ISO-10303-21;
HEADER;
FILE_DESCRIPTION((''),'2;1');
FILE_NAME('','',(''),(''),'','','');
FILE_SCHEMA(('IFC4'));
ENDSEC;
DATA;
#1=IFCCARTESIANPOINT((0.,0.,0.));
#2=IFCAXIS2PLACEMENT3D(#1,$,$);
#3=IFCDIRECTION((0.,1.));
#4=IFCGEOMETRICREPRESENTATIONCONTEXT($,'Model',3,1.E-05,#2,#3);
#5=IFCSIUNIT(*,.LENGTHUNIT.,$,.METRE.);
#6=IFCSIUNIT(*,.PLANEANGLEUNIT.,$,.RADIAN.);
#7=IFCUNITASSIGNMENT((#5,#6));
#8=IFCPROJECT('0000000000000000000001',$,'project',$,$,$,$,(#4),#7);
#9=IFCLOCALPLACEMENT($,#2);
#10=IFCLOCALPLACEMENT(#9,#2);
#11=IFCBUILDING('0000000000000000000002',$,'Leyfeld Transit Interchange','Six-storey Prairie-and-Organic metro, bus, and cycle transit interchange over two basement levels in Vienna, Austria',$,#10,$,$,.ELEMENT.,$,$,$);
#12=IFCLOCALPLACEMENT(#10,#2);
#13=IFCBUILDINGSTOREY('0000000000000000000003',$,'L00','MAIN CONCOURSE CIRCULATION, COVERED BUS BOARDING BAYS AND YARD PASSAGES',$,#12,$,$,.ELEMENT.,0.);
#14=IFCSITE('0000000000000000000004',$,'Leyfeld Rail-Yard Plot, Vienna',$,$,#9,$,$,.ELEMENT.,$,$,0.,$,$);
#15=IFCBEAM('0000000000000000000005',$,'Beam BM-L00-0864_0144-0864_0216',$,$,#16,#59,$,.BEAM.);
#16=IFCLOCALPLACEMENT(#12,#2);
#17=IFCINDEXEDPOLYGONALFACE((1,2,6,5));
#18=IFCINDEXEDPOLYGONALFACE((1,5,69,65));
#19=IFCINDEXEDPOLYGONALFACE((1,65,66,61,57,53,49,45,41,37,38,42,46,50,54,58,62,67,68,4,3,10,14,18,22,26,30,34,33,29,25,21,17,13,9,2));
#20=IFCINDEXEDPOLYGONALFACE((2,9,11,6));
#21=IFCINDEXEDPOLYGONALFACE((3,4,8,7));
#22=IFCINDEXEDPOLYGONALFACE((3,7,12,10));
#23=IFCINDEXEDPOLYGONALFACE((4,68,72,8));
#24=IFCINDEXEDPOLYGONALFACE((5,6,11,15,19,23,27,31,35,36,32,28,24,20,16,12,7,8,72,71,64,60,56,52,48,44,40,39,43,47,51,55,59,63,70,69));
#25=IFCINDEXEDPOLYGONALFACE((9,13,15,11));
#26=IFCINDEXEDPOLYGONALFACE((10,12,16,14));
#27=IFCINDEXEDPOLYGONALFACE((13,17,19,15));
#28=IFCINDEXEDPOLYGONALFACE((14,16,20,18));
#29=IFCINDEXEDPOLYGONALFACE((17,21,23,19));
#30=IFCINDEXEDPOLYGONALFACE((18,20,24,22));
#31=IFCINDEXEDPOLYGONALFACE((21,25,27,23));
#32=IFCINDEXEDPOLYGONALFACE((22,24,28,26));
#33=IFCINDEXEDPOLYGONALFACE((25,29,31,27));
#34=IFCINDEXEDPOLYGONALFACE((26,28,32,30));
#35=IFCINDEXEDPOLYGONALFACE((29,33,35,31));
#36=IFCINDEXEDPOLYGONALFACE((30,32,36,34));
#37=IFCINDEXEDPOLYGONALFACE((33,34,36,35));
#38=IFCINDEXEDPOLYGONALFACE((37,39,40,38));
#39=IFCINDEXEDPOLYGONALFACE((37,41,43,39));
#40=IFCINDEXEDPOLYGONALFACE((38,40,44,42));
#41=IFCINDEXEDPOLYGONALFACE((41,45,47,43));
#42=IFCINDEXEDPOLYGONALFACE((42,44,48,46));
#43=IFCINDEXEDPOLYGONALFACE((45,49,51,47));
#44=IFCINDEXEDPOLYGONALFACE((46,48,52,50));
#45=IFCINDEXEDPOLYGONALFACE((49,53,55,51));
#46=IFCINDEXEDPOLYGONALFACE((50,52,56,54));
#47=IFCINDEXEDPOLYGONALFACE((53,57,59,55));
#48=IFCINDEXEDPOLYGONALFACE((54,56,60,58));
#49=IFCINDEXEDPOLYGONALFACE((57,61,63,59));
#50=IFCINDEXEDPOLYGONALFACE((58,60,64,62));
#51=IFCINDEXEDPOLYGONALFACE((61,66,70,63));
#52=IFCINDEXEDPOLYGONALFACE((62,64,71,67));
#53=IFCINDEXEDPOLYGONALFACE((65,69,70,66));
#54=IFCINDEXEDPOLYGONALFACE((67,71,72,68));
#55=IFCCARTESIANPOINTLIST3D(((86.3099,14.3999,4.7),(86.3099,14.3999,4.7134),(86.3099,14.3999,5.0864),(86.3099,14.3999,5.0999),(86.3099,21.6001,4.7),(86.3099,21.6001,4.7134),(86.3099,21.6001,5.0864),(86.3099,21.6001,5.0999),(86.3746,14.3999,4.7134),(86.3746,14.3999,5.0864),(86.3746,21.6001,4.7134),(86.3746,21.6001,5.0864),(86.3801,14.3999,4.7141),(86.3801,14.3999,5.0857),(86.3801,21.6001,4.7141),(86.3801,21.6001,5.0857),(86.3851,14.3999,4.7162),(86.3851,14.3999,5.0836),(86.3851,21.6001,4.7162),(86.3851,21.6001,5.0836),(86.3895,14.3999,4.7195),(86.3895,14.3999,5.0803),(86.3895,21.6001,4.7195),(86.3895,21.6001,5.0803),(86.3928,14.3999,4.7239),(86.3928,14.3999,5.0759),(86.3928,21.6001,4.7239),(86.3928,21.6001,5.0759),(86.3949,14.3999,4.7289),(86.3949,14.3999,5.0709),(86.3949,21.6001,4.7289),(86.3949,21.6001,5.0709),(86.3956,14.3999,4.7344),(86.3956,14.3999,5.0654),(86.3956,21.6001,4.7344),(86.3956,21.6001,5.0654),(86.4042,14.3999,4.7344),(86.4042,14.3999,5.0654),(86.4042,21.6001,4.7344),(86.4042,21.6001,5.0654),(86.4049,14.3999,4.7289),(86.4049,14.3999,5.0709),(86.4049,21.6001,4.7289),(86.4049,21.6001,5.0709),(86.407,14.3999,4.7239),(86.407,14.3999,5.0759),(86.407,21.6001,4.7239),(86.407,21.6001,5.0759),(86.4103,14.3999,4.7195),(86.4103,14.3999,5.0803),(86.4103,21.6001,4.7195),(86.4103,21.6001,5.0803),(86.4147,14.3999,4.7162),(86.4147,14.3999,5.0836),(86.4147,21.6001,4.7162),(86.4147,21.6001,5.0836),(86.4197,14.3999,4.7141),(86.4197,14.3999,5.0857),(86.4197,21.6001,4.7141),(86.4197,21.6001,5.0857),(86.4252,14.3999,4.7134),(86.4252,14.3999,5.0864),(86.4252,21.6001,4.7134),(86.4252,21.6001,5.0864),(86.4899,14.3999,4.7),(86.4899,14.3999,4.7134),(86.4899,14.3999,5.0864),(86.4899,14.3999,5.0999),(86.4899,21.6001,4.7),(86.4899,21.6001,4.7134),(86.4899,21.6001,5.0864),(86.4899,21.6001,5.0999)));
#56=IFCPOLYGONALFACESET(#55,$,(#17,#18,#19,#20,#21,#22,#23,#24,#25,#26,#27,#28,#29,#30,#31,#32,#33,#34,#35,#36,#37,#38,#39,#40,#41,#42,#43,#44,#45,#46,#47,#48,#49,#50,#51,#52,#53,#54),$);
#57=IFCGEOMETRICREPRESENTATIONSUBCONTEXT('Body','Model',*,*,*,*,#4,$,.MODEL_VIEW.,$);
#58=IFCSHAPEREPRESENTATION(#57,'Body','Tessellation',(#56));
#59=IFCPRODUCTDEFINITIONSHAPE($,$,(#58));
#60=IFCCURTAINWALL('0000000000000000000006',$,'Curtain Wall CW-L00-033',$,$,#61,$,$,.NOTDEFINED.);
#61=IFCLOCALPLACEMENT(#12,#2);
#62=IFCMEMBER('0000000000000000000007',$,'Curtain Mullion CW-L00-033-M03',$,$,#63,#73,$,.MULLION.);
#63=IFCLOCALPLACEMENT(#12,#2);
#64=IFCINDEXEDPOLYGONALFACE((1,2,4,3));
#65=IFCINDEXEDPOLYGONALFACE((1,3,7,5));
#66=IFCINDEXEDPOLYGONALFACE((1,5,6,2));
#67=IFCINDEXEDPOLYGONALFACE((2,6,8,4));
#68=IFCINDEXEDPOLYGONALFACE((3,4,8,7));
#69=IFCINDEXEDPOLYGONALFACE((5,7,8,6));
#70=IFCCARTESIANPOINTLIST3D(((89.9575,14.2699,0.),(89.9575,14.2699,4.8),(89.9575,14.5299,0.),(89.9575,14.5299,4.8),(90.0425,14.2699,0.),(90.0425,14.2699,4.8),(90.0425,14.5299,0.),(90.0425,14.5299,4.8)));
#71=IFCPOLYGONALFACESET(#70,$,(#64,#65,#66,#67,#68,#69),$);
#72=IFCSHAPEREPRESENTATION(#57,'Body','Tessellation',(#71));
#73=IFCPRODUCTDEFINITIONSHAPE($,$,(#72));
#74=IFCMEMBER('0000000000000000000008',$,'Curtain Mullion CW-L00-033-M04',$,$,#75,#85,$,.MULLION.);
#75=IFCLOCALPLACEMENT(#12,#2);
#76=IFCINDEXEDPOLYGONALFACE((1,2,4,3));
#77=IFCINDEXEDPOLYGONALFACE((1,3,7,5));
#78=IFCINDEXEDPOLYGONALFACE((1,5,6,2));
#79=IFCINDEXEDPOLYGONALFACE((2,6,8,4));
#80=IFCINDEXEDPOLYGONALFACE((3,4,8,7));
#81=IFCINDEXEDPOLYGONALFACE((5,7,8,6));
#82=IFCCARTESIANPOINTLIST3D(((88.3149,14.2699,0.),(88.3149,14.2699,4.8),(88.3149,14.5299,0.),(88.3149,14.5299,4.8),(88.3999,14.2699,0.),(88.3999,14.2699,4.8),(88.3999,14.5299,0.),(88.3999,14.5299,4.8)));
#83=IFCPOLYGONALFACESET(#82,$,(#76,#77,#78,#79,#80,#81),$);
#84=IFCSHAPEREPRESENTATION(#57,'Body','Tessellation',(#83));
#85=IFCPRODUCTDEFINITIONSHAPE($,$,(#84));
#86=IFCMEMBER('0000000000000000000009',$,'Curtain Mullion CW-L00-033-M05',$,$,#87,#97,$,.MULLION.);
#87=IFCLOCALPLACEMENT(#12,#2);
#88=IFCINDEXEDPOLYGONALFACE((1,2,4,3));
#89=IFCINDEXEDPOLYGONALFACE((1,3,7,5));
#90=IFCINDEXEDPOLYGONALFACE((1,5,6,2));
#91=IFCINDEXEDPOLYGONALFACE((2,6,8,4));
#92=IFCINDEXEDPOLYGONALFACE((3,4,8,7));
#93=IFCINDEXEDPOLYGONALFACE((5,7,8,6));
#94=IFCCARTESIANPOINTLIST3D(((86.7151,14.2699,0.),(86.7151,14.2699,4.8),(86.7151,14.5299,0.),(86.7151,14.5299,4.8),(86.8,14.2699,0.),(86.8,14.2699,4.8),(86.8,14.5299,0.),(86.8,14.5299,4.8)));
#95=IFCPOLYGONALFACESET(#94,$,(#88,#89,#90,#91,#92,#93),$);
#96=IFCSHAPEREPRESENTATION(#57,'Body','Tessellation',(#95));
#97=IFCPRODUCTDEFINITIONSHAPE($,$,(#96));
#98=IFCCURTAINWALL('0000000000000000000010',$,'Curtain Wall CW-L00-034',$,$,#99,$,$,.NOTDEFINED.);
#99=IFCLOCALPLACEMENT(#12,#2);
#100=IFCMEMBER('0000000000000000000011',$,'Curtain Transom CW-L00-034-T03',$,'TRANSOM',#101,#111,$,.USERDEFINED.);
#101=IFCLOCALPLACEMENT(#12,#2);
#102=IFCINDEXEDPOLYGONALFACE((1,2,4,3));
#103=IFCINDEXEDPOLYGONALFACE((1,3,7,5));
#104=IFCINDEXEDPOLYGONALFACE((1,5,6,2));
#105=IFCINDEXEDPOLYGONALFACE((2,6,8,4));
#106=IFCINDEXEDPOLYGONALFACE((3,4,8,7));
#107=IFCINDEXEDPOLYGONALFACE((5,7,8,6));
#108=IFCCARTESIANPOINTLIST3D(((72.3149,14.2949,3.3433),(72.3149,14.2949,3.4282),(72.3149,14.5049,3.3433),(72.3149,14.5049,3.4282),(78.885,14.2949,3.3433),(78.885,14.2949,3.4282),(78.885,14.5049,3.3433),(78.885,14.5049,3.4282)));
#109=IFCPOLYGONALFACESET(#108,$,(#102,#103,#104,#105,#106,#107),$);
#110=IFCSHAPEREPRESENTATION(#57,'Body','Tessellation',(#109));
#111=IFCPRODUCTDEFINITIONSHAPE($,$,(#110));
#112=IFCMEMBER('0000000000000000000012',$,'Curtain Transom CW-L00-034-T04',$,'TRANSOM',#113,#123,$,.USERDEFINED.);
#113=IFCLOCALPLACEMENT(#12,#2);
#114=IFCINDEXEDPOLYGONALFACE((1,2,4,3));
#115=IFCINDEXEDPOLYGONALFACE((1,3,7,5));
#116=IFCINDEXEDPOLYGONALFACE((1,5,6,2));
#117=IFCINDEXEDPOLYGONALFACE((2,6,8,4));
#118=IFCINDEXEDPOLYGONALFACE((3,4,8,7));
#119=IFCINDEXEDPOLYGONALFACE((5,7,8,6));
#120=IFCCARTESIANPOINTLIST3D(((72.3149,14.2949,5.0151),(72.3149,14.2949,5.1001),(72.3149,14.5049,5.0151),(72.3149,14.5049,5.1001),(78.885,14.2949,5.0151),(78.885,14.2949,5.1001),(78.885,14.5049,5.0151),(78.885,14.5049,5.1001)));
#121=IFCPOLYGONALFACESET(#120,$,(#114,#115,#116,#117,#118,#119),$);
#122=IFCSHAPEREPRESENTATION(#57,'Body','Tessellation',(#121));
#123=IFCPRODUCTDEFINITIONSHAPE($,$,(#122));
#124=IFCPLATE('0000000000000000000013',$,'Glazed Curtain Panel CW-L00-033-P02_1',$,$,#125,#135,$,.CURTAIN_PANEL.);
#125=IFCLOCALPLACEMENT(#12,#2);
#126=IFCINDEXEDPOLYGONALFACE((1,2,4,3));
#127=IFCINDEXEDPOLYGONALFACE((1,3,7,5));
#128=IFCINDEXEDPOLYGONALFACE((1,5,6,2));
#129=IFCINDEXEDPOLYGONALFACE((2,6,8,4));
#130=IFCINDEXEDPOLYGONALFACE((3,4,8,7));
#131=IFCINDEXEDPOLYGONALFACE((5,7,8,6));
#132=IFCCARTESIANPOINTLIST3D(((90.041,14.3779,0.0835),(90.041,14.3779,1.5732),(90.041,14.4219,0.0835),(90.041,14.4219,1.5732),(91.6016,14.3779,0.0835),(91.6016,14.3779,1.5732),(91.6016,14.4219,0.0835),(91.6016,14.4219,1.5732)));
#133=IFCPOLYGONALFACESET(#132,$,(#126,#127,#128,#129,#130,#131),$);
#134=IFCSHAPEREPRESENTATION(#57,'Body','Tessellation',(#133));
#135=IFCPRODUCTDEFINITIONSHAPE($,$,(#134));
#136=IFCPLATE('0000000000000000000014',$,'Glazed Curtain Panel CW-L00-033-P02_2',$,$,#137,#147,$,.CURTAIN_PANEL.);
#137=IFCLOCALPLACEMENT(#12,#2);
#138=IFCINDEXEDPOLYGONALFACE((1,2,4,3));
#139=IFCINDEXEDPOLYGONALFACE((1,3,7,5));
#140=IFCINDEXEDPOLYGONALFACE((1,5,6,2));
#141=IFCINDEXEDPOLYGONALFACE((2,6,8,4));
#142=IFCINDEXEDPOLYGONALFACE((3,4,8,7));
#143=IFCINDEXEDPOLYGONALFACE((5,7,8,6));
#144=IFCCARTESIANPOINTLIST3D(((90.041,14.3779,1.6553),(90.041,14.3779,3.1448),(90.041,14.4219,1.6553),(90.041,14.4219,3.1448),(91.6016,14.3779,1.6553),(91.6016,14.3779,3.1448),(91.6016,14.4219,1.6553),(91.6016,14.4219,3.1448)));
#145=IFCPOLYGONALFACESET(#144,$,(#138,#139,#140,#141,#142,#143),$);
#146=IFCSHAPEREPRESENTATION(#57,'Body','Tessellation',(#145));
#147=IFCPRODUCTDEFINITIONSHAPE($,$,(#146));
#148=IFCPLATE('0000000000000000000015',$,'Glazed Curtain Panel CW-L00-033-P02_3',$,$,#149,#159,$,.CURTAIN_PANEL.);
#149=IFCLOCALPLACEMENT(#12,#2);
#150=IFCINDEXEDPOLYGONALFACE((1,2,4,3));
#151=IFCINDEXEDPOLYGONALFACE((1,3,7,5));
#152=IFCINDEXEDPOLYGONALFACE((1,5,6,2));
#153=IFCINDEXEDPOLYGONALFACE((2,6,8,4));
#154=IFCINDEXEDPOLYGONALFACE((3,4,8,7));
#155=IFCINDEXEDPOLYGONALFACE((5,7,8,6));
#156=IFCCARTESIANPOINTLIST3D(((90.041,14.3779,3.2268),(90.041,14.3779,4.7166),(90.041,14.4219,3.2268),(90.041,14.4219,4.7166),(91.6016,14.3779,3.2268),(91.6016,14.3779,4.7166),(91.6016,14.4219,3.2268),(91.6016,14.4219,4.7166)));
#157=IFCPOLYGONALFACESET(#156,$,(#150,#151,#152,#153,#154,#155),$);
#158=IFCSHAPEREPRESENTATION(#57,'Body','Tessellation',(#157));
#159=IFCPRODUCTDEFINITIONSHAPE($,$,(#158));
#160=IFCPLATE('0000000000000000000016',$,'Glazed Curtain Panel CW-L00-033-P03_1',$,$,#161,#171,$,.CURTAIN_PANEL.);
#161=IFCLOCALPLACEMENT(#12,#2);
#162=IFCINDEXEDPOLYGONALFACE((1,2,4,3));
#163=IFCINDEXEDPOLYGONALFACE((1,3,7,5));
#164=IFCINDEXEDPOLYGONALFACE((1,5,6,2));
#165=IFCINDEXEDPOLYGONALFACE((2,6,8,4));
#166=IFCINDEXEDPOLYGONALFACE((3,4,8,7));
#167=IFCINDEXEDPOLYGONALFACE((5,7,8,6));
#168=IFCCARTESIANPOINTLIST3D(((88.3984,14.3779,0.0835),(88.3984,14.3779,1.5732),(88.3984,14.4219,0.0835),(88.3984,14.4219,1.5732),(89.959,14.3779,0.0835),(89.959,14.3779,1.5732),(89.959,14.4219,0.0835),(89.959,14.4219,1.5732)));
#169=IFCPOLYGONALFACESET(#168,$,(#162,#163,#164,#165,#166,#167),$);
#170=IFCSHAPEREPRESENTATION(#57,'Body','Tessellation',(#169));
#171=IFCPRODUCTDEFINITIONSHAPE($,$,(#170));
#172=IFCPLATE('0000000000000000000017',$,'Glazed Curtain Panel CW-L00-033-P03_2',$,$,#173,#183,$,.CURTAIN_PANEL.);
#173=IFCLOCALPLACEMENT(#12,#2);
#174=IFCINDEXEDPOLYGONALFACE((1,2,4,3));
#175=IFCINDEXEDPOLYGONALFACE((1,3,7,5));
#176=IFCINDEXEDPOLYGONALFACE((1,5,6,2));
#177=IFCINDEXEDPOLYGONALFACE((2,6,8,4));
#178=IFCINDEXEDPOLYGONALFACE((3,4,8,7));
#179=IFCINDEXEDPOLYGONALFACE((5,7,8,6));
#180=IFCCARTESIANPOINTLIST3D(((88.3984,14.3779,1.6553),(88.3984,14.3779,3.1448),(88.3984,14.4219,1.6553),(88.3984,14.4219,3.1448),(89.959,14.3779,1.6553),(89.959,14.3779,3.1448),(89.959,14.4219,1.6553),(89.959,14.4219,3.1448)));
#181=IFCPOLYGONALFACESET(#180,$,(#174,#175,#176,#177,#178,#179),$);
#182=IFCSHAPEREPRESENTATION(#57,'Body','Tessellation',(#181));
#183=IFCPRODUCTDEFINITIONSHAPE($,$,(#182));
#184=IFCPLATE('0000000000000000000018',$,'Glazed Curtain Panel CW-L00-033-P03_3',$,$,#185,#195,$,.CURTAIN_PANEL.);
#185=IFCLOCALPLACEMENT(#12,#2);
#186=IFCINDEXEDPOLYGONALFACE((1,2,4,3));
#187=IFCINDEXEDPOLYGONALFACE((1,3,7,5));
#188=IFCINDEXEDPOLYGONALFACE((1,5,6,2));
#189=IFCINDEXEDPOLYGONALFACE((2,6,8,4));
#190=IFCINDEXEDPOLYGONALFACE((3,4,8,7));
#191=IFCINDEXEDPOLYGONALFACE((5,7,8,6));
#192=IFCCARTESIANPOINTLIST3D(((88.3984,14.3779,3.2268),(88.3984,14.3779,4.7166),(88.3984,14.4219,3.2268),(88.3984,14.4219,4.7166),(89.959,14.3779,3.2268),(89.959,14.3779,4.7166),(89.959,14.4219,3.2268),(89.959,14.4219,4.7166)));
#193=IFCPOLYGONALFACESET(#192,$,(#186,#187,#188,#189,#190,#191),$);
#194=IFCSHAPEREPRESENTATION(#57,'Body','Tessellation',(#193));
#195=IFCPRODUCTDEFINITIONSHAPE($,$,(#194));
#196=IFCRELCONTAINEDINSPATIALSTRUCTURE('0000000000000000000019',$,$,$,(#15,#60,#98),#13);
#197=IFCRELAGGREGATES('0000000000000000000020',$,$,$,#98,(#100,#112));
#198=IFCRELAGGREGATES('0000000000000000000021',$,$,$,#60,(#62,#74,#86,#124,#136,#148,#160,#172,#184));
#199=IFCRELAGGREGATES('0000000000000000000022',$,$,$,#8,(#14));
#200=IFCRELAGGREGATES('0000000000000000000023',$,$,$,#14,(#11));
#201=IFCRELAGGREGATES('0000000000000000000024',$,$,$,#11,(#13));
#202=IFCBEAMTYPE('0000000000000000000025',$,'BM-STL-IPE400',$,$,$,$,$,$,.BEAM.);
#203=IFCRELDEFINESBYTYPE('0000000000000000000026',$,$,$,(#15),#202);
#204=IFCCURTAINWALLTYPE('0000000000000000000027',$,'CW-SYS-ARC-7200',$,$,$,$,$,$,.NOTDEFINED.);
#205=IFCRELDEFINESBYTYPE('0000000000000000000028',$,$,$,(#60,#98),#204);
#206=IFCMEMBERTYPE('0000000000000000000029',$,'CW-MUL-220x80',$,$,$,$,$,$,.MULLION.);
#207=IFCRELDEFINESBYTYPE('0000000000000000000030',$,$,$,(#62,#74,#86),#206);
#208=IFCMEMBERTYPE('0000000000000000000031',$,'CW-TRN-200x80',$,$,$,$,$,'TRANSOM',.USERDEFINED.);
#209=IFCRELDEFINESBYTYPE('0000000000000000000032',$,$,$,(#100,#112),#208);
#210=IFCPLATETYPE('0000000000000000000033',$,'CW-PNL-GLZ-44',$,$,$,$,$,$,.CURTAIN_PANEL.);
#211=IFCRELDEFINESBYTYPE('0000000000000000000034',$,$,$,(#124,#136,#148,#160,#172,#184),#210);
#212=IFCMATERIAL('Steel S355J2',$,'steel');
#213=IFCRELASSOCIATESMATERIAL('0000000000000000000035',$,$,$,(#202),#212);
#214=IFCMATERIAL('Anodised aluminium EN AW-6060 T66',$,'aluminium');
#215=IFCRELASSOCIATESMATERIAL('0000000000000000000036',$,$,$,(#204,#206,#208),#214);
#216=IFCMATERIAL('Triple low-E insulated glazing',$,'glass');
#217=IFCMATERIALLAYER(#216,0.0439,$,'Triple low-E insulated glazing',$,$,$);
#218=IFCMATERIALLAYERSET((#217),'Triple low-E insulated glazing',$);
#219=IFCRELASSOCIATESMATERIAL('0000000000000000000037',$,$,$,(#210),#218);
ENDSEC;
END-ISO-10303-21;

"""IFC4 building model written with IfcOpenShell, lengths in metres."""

from ifc_helpers import new_model, si_unit, direction, frame, origin, origin_2d, place, context, subcontext, project, spatial, rectangle, i_section, extrude, material, layer, layer_set, material_profile, profile_set, type_object, element, aggregate, save


model = new_model("IFC4")

# Units and contexts
model_context = context("Model", 3, precision=1e-05, world=origin(), true_north=direction((0.0, 1.0)))
body_context = subcontext(model_context, "Body", "Model", "MODEL_VIEW")
ifc_project = project(units=[si_unit("LENGTHUNIT", "METRE"), si_unit("PLANEANGLEUNIT", "RADIAN")], contexts=[model_context])

# Site, building, storey
site_placement = place(None, origin())
site = spatial("IfcSite", under=ifc_project, at=site_placement, Name="Leyfeld Rail-Yard Plot, Vienna", CompositionType="ELEMENT", RefElevation=0.0)
building_placement = place(site_placement, origin())
building = spatial("IfcBuilding", under=site, at=building_placement, Name="Leyfeld Transit Interchange", Description="Six-storey Prairie-and-Organic metro, bus, and cycle transit interchange over two basement levels in Vienna, Austria", CompositionType="ELEMENT")
storey_placement = place(building_placement, origin())
storey = spatial("IfcBuildingStorey", under=building, at=storey_placement, Name="L00", Description="MAIN CONCOURSE CIRCULATION, COVERED BUS BOARDING BAYS AND YARD PASSAGES", CompositionType="ELEMENT", Elevation=0.0)

# Shared definitions
ifc_material_1 = material(Name="Steel S355J2", Category="steel")

# Beam
ifc_material_profile_1 = material_profile(ifc_material_1, i_section(OverallWidth=0.1799, OverallDepth=0.3999, WebThickness=0.0085, FlangeThickness=0.0134, FilletRadius=0.021, at=origin_2d()), Name="IPE 400")
ifc_profile_set_1 = profile_set([ifc_material_profile_1], Name="Steel S355J2")
beam_type_1 = type_object("IfcBeamType", Name="BM-STL-IPE400", PredefinedType="BEAM", material=ifc_profile_set_1)
beam_1_placement = place(storey_placement, frame((86.3999, 14.3999, 4.8999), z_axis=(0.0, 1.0, 0.0), x_axis=(-1.0, 0.0, 0.0)))
element("IfcBeam", 1, at=beam_1_placement, inside=storey, type_object=beam_type_1, Name="Beam BM-L00-0864_0144-0864_0216", PredefinedType="BEAM", context=body_context, shape_type="SweptSolid", body=[
    extrude(i_section(OverallWidth=0.1799, OverallDepth=0.3999, WebThickness=0.0085, FlangeThickness=0.0134, FilletRadius=0.021, at=origin_2d()), origin(), (0.0, 0.0, 1.0), 7.2002),
])

# Curtain walls, members
ifc_material_2 = material(Name="Anodised aluminium EN AW-6060 T66", Category="aluminium")
curtain_wall_type = type_object("IfcCurtainWallType", Name="CW-SYS-ARC-7200", PredefinedType="NOTDEFINED", material=ifc_material_2)
curtain_wall_1_placement = place(storey_placement, origin())
curtain_wall_1 = element("IfcCurtainWall", 2, at=curtain_wall_1_placement, inside=storey, type_object=curtain_wall_type, Name="Curtain Wall CW-L00-033", PredefinedType="NOTDEFINED")
ifc_material_profile_2 = material_profile(ifc_material_2, rectangle(XDim=0.085, YDim=0.26, at=origin_2d()), Name="CW-M 85x260")
ifc_profile_set_2 = profile_set([ifc_material_profile_2], Name="Anodised aluminium EN AW-6060 T66")
member_type_1 = type_object("IfcMemberType", Name="CW-MUL-220x80", PredefinedType="MULLION", material=ifc_profile_set_2)
member_1_placement = place(storey_placement, frame((90.0, 14.3999, 0.0), z_axis=(0.0, 0.0, 1.0), x_axis=(-1.0, 0.0, 0.0)))
member_1 = element("IfcMember", 3, at=member_1_placement, type_object=member_type_1, Name="Curtain Mullion CW-L00-033-M03", PredefinedType="MULLION", context=body_context, shape_type="SweptSolid", body=[
    extrude(rectangle(XDim=0.085, YDim=0.26, at=origin_2d()), origin(), (0.0, 0.0, 1.0), 4.8),
])
member_2_placement = place(storey_placement, frame((88.3574, 14.3999, 0.0), z_axis=(0.0, 0.0, 1.0), x_axis=(-1.0, 0.0, 0.0)))
member_2 = element("IfcMember", 4, at=member_2_placement, type_object=member_type_1, Name="Curtain Mullion CW-L00-033-M04", PredefinedType="MULLION", context=body_context, shape_type="SweptSolid", body=[
    extrude(rectangle(XDim=0.085, YDim=0.26, at=origin_2d()), origin(), (0.0, 0.0, 1.0), 4.8),
])
member_3_placement = place(storey_placement, frame((86.7576, 14.3999, 0.0), z_axis=(0.0, 0.0, 1.0), x_axis=(-1.0, 0.0, 0.0)))
member_3 = element("IfcMember", 5, at=member_3_placement, type_object=member_type_1, Name="Curtain Mullion CW-L00-033-M05", PredefinedType="MULLION", context=body_context, shape_type="SweptSolid", body=[
    extrude(rectangle(XDim=0.085, YDim=0.26, at=origin_2d()), origin(), (0.0, 0.0, 1.0), 4.8),
])
curtain_wall_2_placement = place(storey_placement, origin())
curtain_wall_2 = element("IfcCurtainWall", 6, at=curtain_wall_2_placement, inside=storey, type_object=curtain_wall_type, Name="Curtain Wall CW-L00-034", PredefinedType="NOTDEFINED")
ifc_material_profile_3 = material_profile(ifc_material_2, rectangle(XDim=0.21, YDim=0.085, at=origin_2d()), Name="CW-TRN-200x80")
ifc_profile_set_3 = profile_set([ifc_material_profile_3], Name="Anodised aluminium EN AW-6060 T66")
member_type_2 = type_object("IfcMemberType", Name="CW-TRN-200x80", ElementType="TRANSOM", PredefinedType="USERDEFINED", material=ifc_profile_set_3)
member_4_placement = place(storey_placement, frame((78.885, 14.3999, 3.3857), z_axis=(-1.0, 0.0, 0.0), x_axis=(0.0, -1.0, 0.0)))
member_4 = element("IfcMember", 7, at=member_4_placement, type_object=member_type_2, Name="Curtain Transom CW-L00-034-T03", ObjectType="TRANSOM", PredefinedType="USERDEFINED", context=body_context, shape_type="SweptSolid", body=[
    extrude(rectangle(XDim=0.21, YDim=0.085, at=origin_2d()), origin(), (0.0, 0.0, 1.0), 6.5701),
])
member_5_placement = place(storey_placement, frame((78.885, 14.3999, 5.0576), z_axis=(-1.0, 0.0, 0.0), x_axis=(0.0, -1.0, 0.0)))
member_5 = element("IfcMember", 8, at=member_5_placement, type_object=member_type_2, Name="Curtain Transom CW-L00-034-T04", ObjectType="TRANSOM", PredefinedType="USERDEFINED", context=body_context, shape_type="SweptSolid", body=[
    extrude(rectangle(XDim=0.21, YDim=0.085, at=origin_2d()), origin(), (0.0, 0.0, 1.0), 6.5701),
])
aggregate(curtain_wall_2, [member_4, member_5])

# Plates
ifc_material_3 = material(Name="Triple low-E insulated glazing", Category="glass")
ifc_layer_1 = layer(ifc_material_3, 0.0439, Name="Triple low-E insulated glazing")
ifc_layer_set_1 = layer_set([ifc_layer_1], Name="Triple low-E insulated glazing")
plate_type_1 = type_object("IfcPlateType", Name="CW-PNL-GLZ-44", PredefinedType="CURTAIN_PANEL", material=ifc_layer_set_1)
plate_1_placement = place(storey_placement, frame((90.8213, 14.3999, 0.0835), z_axis=(0.0, 0.0, 1.0), x_axis=(-1.0, 0.0, 0.0)))
plate_1 = element("IfcPlate", 9, at=plate_1_placement, type_object=plate_type_1, Name="Glazed Curtain Panel CW-L00-033-P02_1", PredefinedType="CURTAIN_PANEL", context=body_context, shape_type="SweptSolid", body=[
    extrude(rectangle(XDim=1.5605, YDim=0.0439, at=origin_2d()), origin(), (0.0, 0.0, 1.0), 1.4897),
])
plate_2_placement = place(storey_placement, frame((90.8213, 14.3999, 1.6553), z_axis=(0.0, 0.0, 1.0), x_axis=(-1.0, 0.0, 0.0)))
plate_2 = element("IfcPlate", 10, at=plate_2_placement, type_object=plate_type_1, Name="Glazed Curtain Panel CW-L00-033-P02_2", PredefinedType="CURTAIN_PANEL", context=body_context, shape_type="SweptSolid", body=[
    extrude(rectangle(XDim=1.5605, YDim=0.0439, at=origin_2d()), origin(), (0.0, 0.0, 1.0), 1.4895),
])
plate_3_placement = place(storey_placement, frame((90.8213, 14.3999, 3.2268), z_axis=(0.0, 0.0, 1.0), x_axis=(-1.0, 0.0, 0.0)))
plate_3 = element("IfcPlate", 11, at=plate_3_placement, type_object=plate_type_1, Name="Glazed Curtain Panel CW-L00-033-P02_3", PredefinedType="CURTAIN_PANEL", context=body_context, shape_type="SweptSolid", body=[
    extrude(rectangle(XDim=1.5605, YDim=0.0439, at=origin_2d()), origin(), (0.0, 0.0, 1.0), 1.4897),
])
plate_4_placement = place(storey_placement, frame((89.1787, 14.3999, 0.0835), z_axis=(0.0, 0.0, 1.0), x_axis=(-1.0, 0.0, 0.0)))
plate_4 = element("IfcPlate", 12, at=plate_4_placement, type_object=plate_type_1, Name="Glazed Curtain Panel CW-L00-033-P03_1", PredefinedType="CURTAIN_PANEL", context=body_context, shape_type="SweptSolid", body=[
    extrude(rectangle(XDim=1.5605, YDim=0.0439, at=origin_2d()), origin(), (0.0, 0.0, 1.0), 1.4897),
])
plate_5_placement = place(storey_placement, frame((89.1787, 14.3999, 1.6553), z_axis=(0.0, 0.0, 1.0), x_axis=(-1.0, 0.0, 0.0)))
plate_5 = element("IfcPlate", 13, at=plate_5_placement, type_object=plate_type_1, Name="Glazed Curtain Panel CW-L00-033-P03_2", PredefinedType="CURTAIN_PANEL", context=body_context, shape_type="SweptSolid", body=[
    extrude(rectangle(XDim=1.5605, YDim=0.0439, at=origin_2d()), origin(), (0.0, 0.0, 1.0), 1.4895),
])
plate_6_placement = place(storey_placement, frame((89.1787, 14.3999, 3.2268), z_axis=(0.0, 0.0, 1.0), x_axis=(-1.0, 0.0, 0.0)))
plate_6 = element("IfcPlate", 14, at=plate_6_placement, type_object=plate_type_1, Name="Glazed Curtain Panel CW-L00-033-P03_3", PredefinedType="CURTAIN_PANEL", context=body_context, shape_type="SweptSolid", body=[
    extrude(rectangle(XDim=1.5605, YDim=0.0439, at=origin_2d()), origin(), (0.0, 0.0, 1.0), 1.4897),
])
aggregate(curtain_wall_1, [member_1, member_2, member_3, plate_1, plate_2, plate_3, plate_4, plate_5, plate_6])

save(model, "model.ifc")
